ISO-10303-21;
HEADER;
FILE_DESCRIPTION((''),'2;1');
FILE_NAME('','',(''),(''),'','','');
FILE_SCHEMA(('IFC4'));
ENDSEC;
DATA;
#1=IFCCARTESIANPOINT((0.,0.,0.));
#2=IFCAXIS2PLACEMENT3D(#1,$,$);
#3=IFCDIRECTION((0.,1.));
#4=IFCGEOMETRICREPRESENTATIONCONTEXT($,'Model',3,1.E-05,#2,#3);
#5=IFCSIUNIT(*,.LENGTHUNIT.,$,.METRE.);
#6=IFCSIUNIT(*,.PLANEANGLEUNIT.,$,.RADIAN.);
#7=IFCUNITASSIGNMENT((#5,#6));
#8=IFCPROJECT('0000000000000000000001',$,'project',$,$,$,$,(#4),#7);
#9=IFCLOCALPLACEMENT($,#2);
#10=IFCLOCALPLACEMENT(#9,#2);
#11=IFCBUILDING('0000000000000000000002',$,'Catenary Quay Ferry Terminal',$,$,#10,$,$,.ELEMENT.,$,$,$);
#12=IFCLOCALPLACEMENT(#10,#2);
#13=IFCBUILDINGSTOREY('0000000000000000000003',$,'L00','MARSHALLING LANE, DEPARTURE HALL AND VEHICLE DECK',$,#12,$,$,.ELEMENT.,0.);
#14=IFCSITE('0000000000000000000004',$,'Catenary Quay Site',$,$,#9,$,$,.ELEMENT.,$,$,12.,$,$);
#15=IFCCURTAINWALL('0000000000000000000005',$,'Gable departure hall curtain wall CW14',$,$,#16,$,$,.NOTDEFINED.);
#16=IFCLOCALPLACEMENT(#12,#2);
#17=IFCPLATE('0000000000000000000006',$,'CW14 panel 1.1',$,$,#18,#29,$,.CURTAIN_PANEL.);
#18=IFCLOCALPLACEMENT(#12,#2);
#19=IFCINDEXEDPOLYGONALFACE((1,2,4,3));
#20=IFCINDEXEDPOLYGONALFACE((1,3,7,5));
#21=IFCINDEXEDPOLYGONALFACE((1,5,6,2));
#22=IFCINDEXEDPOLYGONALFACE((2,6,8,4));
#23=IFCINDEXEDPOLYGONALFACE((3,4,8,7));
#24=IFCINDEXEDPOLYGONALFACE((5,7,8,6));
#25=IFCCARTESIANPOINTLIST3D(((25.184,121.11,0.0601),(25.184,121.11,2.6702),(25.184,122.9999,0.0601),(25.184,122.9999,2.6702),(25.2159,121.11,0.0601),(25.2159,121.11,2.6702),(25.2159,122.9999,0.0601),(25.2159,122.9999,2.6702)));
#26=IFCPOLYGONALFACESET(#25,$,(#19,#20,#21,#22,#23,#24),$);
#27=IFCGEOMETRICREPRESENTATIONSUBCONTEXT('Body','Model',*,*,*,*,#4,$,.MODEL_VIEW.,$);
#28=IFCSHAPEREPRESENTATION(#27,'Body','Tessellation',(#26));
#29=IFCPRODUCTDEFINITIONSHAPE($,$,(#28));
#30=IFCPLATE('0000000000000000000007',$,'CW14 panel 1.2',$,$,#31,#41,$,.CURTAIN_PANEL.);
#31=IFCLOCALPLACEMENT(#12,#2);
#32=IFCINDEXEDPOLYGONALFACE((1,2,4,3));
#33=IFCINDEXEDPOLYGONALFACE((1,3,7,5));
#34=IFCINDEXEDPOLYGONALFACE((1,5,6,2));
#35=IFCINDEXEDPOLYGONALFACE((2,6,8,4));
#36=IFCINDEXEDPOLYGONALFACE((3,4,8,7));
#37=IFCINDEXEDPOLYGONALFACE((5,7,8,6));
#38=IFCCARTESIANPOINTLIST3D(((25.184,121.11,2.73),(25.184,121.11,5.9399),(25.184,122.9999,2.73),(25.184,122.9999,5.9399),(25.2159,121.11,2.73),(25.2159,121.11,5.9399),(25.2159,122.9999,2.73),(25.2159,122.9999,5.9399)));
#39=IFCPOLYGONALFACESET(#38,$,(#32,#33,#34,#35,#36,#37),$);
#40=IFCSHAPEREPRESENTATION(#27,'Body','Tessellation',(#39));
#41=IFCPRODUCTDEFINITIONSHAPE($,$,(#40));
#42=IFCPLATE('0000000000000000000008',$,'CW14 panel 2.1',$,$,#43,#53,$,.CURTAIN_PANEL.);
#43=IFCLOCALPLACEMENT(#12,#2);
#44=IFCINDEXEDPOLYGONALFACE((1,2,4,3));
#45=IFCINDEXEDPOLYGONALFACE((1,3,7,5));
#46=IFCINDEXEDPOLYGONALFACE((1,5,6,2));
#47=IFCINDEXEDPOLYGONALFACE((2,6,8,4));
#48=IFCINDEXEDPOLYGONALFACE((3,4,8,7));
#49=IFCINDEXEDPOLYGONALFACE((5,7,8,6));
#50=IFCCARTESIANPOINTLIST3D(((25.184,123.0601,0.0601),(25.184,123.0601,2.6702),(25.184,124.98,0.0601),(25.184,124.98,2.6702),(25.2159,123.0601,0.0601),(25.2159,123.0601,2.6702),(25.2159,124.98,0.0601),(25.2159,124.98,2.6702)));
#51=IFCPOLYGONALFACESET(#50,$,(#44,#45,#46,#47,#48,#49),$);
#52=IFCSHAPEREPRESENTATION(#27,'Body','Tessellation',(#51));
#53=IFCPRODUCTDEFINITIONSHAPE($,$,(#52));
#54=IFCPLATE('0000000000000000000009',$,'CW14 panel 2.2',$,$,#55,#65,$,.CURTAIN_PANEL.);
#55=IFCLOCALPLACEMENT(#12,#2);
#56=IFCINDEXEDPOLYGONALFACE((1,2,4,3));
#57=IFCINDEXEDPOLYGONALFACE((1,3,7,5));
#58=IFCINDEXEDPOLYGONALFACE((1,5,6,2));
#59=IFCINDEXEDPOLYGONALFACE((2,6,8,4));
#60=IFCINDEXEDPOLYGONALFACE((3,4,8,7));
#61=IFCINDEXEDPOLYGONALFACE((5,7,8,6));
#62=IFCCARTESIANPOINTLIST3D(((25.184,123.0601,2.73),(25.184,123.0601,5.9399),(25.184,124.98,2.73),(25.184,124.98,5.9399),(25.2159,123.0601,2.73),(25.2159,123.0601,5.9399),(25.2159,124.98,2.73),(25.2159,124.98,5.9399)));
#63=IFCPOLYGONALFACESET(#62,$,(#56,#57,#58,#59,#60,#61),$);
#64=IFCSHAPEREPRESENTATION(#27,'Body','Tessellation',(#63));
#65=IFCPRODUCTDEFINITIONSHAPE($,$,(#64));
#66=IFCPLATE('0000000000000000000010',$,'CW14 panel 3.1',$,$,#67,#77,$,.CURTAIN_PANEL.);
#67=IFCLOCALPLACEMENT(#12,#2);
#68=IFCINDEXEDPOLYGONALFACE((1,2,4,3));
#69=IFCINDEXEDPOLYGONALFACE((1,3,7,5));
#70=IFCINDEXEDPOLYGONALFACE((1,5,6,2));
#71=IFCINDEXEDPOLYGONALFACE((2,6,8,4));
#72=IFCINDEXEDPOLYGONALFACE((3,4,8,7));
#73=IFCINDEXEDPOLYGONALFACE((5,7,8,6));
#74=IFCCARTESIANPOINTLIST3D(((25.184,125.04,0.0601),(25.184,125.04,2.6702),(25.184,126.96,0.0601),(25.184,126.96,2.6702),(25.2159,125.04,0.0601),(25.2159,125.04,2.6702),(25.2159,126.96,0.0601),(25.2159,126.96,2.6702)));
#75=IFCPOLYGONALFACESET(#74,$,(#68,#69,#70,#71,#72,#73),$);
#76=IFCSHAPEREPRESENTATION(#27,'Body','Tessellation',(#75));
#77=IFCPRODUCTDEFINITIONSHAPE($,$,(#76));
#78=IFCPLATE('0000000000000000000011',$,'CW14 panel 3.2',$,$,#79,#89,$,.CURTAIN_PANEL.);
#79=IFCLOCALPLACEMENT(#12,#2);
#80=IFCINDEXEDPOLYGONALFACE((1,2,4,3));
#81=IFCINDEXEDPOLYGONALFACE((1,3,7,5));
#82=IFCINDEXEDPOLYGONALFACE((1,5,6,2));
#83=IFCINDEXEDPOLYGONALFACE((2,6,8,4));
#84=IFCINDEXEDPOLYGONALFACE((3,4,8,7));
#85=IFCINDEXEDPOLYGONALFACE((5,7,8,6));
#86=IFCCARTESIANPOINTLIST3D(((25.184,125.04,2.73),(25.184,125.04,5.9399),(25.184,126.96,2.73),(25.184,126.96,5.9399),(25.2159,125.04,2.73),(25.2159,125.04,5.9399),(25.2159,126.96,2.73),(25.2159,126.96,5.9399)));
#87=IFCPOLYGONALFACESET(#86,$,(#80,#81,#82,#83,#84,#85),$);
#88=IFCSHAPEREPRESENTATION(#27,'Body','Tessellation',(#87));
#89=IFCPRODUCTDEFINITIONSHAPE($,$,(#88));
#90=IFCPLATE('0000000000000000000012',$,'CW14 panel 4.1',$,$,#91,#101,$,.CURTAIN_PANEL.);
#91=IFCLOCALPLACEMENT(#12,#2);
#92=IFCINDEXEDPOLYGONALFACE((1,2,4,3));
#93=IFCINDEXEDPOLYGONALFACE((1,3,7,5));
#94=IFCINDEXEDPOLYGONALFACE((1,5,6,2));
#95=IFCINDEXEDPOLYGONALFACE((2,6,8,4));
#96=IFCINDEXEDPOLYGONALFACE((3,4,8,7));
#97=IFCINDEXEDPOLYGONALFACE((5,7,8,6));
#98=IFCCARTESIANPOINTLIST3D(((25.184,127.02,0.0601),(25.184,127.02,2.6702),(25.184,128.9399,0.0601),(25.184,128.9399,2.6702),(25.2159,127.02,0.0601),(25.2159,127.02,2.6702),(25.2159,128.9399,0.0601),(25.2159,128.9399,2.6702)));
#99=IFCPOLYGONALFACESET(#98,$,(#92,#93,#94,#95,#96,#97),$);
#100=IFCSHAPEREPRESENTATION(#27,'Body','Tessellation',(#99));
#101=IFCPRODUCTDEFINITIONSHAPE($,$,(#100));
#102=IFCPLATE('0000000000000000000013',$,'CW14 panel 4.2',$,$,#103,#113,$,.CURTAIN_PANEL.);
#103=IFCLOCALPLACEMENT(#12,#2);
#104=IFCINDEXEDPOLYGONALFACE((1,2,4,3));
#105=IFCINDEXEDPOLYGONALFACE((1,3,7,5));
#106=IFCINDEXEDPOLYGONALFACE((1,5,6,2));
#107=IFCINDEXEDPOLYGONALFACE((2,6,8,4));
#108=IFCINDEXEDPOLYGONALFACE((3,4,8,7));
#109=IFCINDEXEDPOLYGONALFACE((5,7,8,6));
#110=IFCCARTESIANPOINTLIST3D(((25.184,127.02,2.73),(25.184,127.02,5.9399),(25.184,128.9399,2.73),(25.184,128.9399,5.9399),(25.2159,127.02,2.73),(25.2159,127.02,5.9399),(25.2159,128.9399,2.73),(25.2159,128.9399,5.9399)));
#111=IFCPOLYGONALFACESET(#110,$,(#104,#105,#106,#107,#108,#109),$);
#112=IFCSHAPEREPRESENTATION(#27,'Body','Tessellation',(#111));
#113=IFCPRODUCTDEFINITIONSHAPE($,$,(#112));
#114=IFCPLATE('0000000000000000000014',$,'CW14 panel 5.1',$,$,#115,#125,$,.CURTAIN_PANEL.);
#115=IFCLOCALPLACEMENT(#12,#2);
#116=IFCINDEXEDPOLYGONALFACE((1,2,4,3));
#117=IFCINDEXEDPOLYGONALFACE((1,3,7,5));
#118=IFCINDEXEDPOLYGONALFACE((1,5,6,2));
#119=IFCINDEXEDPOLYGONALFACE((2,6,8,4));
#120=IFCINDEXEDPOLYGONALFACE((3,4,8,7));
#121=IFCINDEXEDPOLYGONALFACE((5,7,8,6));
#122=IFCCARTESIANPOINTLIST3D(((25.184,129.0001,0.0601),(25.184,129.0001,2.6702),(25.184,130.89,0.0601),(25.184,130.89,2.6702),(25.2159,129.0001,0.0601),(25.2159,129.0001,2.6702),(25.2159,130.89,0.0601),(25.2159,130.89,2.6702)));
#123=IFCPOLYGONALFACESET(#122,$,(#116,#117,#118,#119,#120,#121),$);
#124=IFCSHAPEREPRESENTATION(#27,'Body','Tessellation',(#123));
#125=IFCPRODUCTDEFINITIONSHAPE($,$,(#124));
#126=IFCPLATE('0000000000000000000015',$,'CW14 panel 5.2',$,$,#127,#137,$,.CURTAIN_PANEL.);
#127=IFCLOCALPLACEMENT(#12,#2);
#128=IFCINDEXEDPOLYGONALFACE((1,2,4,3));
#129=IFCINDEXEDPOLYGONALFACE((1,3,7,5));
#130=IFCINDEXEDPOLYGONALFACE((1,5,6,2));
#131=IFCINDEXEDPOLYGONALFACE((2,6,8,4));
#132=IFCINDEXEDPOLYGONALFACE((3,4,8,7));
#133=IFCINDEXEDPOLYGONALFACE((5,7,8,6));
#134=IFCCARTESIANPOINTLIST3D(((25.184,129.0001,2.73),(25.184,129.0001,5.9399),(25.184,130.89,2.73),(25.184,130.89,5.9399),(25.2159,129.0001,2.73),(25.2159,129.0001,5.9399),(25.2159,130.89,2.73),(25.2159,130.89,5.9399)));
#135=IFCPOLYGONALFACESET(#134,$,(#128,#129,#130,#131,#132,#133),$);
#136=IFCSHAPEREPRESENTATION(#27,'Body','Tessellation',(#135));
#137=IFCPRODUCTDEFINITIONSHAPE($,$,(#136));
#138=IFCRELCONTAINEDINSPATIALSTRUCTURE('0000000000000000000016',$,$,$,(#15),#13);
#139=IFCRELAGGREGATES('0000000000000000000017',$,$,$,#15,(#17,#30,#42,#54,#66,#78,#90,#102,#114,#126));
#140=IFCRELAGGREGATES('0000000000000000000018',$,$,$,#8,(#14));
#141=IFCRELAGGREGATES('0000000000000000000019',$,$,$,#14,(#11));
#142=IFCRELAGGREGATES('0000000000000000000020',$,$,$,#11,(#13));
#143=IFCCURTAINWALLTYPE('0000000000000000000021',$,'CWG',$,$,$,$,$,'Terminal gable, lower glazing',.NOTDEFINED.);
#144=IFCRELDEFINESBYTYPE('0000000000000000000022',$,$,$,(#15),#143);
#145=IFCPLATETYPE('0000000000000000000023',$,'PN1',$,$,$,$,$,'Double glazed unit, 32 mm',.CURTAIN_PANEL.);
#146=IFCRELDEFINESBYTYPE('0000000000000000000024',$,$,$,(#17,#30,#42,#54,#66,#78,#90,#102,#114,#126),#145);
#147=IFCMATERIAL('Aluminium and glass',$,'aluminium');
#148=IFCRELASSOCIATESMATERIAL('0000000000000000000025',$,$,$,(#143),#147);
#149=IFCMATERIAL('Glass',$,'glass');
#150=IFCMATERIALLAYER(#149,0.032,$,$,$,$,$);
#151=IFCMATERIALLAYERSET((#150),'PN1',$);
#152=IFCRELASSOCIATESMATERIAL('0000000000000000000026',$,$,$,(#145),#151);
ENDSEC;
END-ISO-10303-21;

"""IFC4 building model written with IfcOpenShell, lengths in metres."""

from ifc_helpers import new_model, si_unit, direction, frame, origin, origin_2d, place, context, subcontext, project, spatial, rectangle, extrude, material, layer, layer_set, type_object, element, aggregate, save


model = new_model("IFC4")

# Units and contexts
model_context = context("Model", 3, precision=1e-05, world=origin(), true_north=direction((0.0, 1.0)))
body_context = subcontext(model_context, "Body", "Model", "MODEL_VIEW")
ifc_project = project(units=[si_unit("LENGTHUNIT", "METRE"), si_unit("PLANEANGLEUNIT", "RADIAN")], contexts=[model_context])

# Site, building, storey
site_placement = place(None, origin())
site = spatial("IfcSite", under=ifc_project, at=site_placement, Name="Catenary Quay Site", CompositionType="ELEMENT", RefElevation=12.0)
building_placement = place(site_placement, origin())
building = spatial("IfcBuilding", under=site, at=building_placement, Name="Catenary Quay Ferry Terminal", CompositionType="ELEMENT")
storey_placement = place(building_placement, origin())
storey = spatial("IfcBuildingStorey", under=building, at=storey_placement, Name="L00", Description="MARSHALLING LANE, DEPARTURE HALL AND VEHICLE DECK", CompositionType="ELEMENT", Elevation=0.0)

# Curtain wall, plates
ifc_material_1 = material(Name="Aluminium and glass", Category="aluminium")
curtain_wall_type = type_object("IfcCurtainWallType", Name="CWG", ElementType="Terminal gable, lower glazing", PredefinedType="NOTDEFINED", material=ifc_material_1)
curtain_wall_placement = place(storey_placement, origin())
curtain_wall = element("IfcCurtainWall", 1, at=curtain_wall_placement, inside=storey, type_object=curtain_wall_type, Name="Gable departure hall curtain wall CW14", PredefinedType="NOTDEFINED")
ifc_material_2 = material(Name="Glass", Category="glass")
ifc_layer = layer(ifc_material_2, 0.032)
ifc_layer_set = layer_set([ifc_layer], Name="PN1")
plate_type = type_object("IfcPlateType", Name="PN1", ElementType="Double glazed unit, 32 mm", PredefinedType="CURTAIN_PANEL", material=ifc_layer_set)
plate_1_placement = place(storey_placement, frame((25.2, 122.0549, 0.0601), z_axis=(0.0, 0.0, 1.0), x_axis=(0.0, 1.0, 0.0)))
plate_1 = element("IfcPlate", 2, at=plate_1_placement, type_object=plate_type, Name="CW14 panel 1.1", PredefinedType="CURTAIN_PANEL", context=body_context, shape_type="SweptSolid", body=[
    extrude(rectangle(XDim=1.8899, YDim=0.032, at=origin_2d()), origin(), (0.0, 0.0, 1.0), 2.6101),
])
plate_2_placement = place(storey_placement, frame((25.2, 122.0549, 2.73), z_axis=(0.0, 0.0, 1.0), x_axis=(0.0, 1.0, 0.0)))
plate_2 = element("IfcPlate", 3, at=plate_2_placement, type_object=plate_type, Name="CW14 panel 1.2", PredefinedType="CURTAIN_PANEL", context=body_context, shape_type="SweptSolid", body=[
    extrude(rectangle(XDim=1.8899, YDim=0.032, at=origin_2d()), origin(), (0.0, 0.0, 1.0), 3.21),
])
plate_3_placement = place(storey_placement, frame((25.2, 124.02, 0.0601), z_axis=(0.0, 0.0, 1.0), x_axis=(0.0, 1.0, 0.0)))
plate_3 = element("IfcPlate", 4, at=plate_3_placement, type_object=plate_type, Name="CW14 panel 2.1", PredefinedType="CURTAIN_PANEL", context=body_context, shape_type="SweptSolid", body=[
    extrude(rectangle(XDim=1.9199, YDim=0.032, at=origin_2d()), origin(), (0.0, 0.0, 1.0), 2.6101),
])
plate_4_placement = place(storey_placement, frame((25.2, 124.02, 2.73), z_axis=(0.0, 0.0, 1.0), x_axis=(0.0, 1.0, 0.0)))
plate_4 = element("IfcPlate", 5, at=plate_4_placement, type_object=plate_type, Name="CW14 panel 2.2", PredefinedType="CURTAIN_PANEL", context=body_context, shape_type="SweptSolid", body=[
    extrude(rectangle(XDim=1.9199, YDim=0.032, at=origin_2d()), origin(), (0.0, 0.0, 1.0), 3.21),
])
plate_5_placement = place(storey_placement, frame((25.2, 126.0, 0.0601), z_axis=(0.0, 0.0, 1.0), x_axis=(0.0, 1.0, 0.0)))
plate_5 = element("IfcPlate", 6, at=plate_5_placement, type_object=plate_type, Name="CW14 panel 3.1", PredefinedType="CURTAIN_PANEL", context=body_context, shape_type="SweptSolid", body=[
    extrude(rectangle(XDim=1.9199, YDim=0.032, at=origin_2d()), origin(), (0.0, 0.0, 1.0), 2.6101),
])
plate_6_placement = place(storey_placement, frame((25.2, 126.0, 2.73), z_axis=(0.0, 0.0, 1.0), x_axis=(0.0, 1.0, 0.0)))
plate_6 = element("IfcPlate", 7, at=plate_6_placement, type_object=plate_type, Name="CW14 panel 3.2", PredefinedType="CURTAIN_PANEL", context=body_context, shape_type="SweptSolid", body=[
    extrude(rectangle(XDim=1.9199, YDim=0.032, at=origin_2d()), origin(), (0.0, 0.0, 1.0), 3.21),
])
plate_7_placement = place(storey_placement, frame((25.2, 127.98, 0.0601), z_axis=(0.0, 0.0, 1.0), x_axis=(0.0, 1.0, 0.0)))
plate_7 = element("IfcPlate", 8, at=plate_7_placement, type_object=plate_type, Name="CW14 panel 4.1", PredefinedType="CURTAIN_PANEL", context=body_context, shape_type="SweptSolid", body=[
    extrude(rectangle(XDim=1.9199, YDim=0.032, at=origin_2d()), origin(), (0.0, 0.0, 1.0), 2.6101),
])
plate_8_placement = place(storey_placement, frame((25.2, 127.98, 2.73), z_axis=(0.0, 0.0, 1.0), x_axis=(0.0, 1.0, 0.0)))
plate_8 = element("IfcPlate", 9, at=plate_8_placement, type_object=plate_type, Name="CW14 panel 4.2", PredefinedType="CURTAIN_PANEL", context=body_context, shape_type="SweptSolid", body=[
    extrude(rectangle(XDim=1.9199, YDim=0.032, at=origin_2d()), origin(), (0.0, 0.0, 1.0), 3.21),
])
plate_9_placement = place(storey_placement, frame((25.2, 129.9451, 0.0601), z_axis=(0.0, 0.0, 1.0), x_axis=(0.0, 1.0, 0.0)))
plate_9 = element("IfcPlate", 10, at=plate_9_placement, type_object=plate_type, Name="CW14 panel 5.1", PredefinedType="CURTAIN_PANEL", context=body_context, shape_type="SweptSolid", body=[
    extrude(rectangle(XDim=1.8899, YDim=0.032, at=origin_2d()), origin(), (0.0, 0.0, 1.0), 2.6101),
])
plate_10_placement = place(storey_placement, frame((25.2, 129.9451, 2.73), z_axis=(0.0, 0.0, 1.0), x_axis=(0.0, 1.0, 0.0)))
plate_10 = element("IfcPlate", 11, at=plate_10_placement, type_object=plate_type, Name="CW14 panel 5.2", PredefinedType="CURTAIN_PANEL", context=body_context, shape_type="SweptSolid", body=[
    extrude(rectangle(XDim=1.8899, YDim=0.032, at=origin_2d()), origin(), (0.0, 0.0, 1.0), 3.21),
])
aggregate(curtain_wall, [plate_1, plate_2, plate_3, plate_4, plate_5, plate_6, plate_7, plate_8, plate_9, plate_10])

save(model, "model.ifc")
